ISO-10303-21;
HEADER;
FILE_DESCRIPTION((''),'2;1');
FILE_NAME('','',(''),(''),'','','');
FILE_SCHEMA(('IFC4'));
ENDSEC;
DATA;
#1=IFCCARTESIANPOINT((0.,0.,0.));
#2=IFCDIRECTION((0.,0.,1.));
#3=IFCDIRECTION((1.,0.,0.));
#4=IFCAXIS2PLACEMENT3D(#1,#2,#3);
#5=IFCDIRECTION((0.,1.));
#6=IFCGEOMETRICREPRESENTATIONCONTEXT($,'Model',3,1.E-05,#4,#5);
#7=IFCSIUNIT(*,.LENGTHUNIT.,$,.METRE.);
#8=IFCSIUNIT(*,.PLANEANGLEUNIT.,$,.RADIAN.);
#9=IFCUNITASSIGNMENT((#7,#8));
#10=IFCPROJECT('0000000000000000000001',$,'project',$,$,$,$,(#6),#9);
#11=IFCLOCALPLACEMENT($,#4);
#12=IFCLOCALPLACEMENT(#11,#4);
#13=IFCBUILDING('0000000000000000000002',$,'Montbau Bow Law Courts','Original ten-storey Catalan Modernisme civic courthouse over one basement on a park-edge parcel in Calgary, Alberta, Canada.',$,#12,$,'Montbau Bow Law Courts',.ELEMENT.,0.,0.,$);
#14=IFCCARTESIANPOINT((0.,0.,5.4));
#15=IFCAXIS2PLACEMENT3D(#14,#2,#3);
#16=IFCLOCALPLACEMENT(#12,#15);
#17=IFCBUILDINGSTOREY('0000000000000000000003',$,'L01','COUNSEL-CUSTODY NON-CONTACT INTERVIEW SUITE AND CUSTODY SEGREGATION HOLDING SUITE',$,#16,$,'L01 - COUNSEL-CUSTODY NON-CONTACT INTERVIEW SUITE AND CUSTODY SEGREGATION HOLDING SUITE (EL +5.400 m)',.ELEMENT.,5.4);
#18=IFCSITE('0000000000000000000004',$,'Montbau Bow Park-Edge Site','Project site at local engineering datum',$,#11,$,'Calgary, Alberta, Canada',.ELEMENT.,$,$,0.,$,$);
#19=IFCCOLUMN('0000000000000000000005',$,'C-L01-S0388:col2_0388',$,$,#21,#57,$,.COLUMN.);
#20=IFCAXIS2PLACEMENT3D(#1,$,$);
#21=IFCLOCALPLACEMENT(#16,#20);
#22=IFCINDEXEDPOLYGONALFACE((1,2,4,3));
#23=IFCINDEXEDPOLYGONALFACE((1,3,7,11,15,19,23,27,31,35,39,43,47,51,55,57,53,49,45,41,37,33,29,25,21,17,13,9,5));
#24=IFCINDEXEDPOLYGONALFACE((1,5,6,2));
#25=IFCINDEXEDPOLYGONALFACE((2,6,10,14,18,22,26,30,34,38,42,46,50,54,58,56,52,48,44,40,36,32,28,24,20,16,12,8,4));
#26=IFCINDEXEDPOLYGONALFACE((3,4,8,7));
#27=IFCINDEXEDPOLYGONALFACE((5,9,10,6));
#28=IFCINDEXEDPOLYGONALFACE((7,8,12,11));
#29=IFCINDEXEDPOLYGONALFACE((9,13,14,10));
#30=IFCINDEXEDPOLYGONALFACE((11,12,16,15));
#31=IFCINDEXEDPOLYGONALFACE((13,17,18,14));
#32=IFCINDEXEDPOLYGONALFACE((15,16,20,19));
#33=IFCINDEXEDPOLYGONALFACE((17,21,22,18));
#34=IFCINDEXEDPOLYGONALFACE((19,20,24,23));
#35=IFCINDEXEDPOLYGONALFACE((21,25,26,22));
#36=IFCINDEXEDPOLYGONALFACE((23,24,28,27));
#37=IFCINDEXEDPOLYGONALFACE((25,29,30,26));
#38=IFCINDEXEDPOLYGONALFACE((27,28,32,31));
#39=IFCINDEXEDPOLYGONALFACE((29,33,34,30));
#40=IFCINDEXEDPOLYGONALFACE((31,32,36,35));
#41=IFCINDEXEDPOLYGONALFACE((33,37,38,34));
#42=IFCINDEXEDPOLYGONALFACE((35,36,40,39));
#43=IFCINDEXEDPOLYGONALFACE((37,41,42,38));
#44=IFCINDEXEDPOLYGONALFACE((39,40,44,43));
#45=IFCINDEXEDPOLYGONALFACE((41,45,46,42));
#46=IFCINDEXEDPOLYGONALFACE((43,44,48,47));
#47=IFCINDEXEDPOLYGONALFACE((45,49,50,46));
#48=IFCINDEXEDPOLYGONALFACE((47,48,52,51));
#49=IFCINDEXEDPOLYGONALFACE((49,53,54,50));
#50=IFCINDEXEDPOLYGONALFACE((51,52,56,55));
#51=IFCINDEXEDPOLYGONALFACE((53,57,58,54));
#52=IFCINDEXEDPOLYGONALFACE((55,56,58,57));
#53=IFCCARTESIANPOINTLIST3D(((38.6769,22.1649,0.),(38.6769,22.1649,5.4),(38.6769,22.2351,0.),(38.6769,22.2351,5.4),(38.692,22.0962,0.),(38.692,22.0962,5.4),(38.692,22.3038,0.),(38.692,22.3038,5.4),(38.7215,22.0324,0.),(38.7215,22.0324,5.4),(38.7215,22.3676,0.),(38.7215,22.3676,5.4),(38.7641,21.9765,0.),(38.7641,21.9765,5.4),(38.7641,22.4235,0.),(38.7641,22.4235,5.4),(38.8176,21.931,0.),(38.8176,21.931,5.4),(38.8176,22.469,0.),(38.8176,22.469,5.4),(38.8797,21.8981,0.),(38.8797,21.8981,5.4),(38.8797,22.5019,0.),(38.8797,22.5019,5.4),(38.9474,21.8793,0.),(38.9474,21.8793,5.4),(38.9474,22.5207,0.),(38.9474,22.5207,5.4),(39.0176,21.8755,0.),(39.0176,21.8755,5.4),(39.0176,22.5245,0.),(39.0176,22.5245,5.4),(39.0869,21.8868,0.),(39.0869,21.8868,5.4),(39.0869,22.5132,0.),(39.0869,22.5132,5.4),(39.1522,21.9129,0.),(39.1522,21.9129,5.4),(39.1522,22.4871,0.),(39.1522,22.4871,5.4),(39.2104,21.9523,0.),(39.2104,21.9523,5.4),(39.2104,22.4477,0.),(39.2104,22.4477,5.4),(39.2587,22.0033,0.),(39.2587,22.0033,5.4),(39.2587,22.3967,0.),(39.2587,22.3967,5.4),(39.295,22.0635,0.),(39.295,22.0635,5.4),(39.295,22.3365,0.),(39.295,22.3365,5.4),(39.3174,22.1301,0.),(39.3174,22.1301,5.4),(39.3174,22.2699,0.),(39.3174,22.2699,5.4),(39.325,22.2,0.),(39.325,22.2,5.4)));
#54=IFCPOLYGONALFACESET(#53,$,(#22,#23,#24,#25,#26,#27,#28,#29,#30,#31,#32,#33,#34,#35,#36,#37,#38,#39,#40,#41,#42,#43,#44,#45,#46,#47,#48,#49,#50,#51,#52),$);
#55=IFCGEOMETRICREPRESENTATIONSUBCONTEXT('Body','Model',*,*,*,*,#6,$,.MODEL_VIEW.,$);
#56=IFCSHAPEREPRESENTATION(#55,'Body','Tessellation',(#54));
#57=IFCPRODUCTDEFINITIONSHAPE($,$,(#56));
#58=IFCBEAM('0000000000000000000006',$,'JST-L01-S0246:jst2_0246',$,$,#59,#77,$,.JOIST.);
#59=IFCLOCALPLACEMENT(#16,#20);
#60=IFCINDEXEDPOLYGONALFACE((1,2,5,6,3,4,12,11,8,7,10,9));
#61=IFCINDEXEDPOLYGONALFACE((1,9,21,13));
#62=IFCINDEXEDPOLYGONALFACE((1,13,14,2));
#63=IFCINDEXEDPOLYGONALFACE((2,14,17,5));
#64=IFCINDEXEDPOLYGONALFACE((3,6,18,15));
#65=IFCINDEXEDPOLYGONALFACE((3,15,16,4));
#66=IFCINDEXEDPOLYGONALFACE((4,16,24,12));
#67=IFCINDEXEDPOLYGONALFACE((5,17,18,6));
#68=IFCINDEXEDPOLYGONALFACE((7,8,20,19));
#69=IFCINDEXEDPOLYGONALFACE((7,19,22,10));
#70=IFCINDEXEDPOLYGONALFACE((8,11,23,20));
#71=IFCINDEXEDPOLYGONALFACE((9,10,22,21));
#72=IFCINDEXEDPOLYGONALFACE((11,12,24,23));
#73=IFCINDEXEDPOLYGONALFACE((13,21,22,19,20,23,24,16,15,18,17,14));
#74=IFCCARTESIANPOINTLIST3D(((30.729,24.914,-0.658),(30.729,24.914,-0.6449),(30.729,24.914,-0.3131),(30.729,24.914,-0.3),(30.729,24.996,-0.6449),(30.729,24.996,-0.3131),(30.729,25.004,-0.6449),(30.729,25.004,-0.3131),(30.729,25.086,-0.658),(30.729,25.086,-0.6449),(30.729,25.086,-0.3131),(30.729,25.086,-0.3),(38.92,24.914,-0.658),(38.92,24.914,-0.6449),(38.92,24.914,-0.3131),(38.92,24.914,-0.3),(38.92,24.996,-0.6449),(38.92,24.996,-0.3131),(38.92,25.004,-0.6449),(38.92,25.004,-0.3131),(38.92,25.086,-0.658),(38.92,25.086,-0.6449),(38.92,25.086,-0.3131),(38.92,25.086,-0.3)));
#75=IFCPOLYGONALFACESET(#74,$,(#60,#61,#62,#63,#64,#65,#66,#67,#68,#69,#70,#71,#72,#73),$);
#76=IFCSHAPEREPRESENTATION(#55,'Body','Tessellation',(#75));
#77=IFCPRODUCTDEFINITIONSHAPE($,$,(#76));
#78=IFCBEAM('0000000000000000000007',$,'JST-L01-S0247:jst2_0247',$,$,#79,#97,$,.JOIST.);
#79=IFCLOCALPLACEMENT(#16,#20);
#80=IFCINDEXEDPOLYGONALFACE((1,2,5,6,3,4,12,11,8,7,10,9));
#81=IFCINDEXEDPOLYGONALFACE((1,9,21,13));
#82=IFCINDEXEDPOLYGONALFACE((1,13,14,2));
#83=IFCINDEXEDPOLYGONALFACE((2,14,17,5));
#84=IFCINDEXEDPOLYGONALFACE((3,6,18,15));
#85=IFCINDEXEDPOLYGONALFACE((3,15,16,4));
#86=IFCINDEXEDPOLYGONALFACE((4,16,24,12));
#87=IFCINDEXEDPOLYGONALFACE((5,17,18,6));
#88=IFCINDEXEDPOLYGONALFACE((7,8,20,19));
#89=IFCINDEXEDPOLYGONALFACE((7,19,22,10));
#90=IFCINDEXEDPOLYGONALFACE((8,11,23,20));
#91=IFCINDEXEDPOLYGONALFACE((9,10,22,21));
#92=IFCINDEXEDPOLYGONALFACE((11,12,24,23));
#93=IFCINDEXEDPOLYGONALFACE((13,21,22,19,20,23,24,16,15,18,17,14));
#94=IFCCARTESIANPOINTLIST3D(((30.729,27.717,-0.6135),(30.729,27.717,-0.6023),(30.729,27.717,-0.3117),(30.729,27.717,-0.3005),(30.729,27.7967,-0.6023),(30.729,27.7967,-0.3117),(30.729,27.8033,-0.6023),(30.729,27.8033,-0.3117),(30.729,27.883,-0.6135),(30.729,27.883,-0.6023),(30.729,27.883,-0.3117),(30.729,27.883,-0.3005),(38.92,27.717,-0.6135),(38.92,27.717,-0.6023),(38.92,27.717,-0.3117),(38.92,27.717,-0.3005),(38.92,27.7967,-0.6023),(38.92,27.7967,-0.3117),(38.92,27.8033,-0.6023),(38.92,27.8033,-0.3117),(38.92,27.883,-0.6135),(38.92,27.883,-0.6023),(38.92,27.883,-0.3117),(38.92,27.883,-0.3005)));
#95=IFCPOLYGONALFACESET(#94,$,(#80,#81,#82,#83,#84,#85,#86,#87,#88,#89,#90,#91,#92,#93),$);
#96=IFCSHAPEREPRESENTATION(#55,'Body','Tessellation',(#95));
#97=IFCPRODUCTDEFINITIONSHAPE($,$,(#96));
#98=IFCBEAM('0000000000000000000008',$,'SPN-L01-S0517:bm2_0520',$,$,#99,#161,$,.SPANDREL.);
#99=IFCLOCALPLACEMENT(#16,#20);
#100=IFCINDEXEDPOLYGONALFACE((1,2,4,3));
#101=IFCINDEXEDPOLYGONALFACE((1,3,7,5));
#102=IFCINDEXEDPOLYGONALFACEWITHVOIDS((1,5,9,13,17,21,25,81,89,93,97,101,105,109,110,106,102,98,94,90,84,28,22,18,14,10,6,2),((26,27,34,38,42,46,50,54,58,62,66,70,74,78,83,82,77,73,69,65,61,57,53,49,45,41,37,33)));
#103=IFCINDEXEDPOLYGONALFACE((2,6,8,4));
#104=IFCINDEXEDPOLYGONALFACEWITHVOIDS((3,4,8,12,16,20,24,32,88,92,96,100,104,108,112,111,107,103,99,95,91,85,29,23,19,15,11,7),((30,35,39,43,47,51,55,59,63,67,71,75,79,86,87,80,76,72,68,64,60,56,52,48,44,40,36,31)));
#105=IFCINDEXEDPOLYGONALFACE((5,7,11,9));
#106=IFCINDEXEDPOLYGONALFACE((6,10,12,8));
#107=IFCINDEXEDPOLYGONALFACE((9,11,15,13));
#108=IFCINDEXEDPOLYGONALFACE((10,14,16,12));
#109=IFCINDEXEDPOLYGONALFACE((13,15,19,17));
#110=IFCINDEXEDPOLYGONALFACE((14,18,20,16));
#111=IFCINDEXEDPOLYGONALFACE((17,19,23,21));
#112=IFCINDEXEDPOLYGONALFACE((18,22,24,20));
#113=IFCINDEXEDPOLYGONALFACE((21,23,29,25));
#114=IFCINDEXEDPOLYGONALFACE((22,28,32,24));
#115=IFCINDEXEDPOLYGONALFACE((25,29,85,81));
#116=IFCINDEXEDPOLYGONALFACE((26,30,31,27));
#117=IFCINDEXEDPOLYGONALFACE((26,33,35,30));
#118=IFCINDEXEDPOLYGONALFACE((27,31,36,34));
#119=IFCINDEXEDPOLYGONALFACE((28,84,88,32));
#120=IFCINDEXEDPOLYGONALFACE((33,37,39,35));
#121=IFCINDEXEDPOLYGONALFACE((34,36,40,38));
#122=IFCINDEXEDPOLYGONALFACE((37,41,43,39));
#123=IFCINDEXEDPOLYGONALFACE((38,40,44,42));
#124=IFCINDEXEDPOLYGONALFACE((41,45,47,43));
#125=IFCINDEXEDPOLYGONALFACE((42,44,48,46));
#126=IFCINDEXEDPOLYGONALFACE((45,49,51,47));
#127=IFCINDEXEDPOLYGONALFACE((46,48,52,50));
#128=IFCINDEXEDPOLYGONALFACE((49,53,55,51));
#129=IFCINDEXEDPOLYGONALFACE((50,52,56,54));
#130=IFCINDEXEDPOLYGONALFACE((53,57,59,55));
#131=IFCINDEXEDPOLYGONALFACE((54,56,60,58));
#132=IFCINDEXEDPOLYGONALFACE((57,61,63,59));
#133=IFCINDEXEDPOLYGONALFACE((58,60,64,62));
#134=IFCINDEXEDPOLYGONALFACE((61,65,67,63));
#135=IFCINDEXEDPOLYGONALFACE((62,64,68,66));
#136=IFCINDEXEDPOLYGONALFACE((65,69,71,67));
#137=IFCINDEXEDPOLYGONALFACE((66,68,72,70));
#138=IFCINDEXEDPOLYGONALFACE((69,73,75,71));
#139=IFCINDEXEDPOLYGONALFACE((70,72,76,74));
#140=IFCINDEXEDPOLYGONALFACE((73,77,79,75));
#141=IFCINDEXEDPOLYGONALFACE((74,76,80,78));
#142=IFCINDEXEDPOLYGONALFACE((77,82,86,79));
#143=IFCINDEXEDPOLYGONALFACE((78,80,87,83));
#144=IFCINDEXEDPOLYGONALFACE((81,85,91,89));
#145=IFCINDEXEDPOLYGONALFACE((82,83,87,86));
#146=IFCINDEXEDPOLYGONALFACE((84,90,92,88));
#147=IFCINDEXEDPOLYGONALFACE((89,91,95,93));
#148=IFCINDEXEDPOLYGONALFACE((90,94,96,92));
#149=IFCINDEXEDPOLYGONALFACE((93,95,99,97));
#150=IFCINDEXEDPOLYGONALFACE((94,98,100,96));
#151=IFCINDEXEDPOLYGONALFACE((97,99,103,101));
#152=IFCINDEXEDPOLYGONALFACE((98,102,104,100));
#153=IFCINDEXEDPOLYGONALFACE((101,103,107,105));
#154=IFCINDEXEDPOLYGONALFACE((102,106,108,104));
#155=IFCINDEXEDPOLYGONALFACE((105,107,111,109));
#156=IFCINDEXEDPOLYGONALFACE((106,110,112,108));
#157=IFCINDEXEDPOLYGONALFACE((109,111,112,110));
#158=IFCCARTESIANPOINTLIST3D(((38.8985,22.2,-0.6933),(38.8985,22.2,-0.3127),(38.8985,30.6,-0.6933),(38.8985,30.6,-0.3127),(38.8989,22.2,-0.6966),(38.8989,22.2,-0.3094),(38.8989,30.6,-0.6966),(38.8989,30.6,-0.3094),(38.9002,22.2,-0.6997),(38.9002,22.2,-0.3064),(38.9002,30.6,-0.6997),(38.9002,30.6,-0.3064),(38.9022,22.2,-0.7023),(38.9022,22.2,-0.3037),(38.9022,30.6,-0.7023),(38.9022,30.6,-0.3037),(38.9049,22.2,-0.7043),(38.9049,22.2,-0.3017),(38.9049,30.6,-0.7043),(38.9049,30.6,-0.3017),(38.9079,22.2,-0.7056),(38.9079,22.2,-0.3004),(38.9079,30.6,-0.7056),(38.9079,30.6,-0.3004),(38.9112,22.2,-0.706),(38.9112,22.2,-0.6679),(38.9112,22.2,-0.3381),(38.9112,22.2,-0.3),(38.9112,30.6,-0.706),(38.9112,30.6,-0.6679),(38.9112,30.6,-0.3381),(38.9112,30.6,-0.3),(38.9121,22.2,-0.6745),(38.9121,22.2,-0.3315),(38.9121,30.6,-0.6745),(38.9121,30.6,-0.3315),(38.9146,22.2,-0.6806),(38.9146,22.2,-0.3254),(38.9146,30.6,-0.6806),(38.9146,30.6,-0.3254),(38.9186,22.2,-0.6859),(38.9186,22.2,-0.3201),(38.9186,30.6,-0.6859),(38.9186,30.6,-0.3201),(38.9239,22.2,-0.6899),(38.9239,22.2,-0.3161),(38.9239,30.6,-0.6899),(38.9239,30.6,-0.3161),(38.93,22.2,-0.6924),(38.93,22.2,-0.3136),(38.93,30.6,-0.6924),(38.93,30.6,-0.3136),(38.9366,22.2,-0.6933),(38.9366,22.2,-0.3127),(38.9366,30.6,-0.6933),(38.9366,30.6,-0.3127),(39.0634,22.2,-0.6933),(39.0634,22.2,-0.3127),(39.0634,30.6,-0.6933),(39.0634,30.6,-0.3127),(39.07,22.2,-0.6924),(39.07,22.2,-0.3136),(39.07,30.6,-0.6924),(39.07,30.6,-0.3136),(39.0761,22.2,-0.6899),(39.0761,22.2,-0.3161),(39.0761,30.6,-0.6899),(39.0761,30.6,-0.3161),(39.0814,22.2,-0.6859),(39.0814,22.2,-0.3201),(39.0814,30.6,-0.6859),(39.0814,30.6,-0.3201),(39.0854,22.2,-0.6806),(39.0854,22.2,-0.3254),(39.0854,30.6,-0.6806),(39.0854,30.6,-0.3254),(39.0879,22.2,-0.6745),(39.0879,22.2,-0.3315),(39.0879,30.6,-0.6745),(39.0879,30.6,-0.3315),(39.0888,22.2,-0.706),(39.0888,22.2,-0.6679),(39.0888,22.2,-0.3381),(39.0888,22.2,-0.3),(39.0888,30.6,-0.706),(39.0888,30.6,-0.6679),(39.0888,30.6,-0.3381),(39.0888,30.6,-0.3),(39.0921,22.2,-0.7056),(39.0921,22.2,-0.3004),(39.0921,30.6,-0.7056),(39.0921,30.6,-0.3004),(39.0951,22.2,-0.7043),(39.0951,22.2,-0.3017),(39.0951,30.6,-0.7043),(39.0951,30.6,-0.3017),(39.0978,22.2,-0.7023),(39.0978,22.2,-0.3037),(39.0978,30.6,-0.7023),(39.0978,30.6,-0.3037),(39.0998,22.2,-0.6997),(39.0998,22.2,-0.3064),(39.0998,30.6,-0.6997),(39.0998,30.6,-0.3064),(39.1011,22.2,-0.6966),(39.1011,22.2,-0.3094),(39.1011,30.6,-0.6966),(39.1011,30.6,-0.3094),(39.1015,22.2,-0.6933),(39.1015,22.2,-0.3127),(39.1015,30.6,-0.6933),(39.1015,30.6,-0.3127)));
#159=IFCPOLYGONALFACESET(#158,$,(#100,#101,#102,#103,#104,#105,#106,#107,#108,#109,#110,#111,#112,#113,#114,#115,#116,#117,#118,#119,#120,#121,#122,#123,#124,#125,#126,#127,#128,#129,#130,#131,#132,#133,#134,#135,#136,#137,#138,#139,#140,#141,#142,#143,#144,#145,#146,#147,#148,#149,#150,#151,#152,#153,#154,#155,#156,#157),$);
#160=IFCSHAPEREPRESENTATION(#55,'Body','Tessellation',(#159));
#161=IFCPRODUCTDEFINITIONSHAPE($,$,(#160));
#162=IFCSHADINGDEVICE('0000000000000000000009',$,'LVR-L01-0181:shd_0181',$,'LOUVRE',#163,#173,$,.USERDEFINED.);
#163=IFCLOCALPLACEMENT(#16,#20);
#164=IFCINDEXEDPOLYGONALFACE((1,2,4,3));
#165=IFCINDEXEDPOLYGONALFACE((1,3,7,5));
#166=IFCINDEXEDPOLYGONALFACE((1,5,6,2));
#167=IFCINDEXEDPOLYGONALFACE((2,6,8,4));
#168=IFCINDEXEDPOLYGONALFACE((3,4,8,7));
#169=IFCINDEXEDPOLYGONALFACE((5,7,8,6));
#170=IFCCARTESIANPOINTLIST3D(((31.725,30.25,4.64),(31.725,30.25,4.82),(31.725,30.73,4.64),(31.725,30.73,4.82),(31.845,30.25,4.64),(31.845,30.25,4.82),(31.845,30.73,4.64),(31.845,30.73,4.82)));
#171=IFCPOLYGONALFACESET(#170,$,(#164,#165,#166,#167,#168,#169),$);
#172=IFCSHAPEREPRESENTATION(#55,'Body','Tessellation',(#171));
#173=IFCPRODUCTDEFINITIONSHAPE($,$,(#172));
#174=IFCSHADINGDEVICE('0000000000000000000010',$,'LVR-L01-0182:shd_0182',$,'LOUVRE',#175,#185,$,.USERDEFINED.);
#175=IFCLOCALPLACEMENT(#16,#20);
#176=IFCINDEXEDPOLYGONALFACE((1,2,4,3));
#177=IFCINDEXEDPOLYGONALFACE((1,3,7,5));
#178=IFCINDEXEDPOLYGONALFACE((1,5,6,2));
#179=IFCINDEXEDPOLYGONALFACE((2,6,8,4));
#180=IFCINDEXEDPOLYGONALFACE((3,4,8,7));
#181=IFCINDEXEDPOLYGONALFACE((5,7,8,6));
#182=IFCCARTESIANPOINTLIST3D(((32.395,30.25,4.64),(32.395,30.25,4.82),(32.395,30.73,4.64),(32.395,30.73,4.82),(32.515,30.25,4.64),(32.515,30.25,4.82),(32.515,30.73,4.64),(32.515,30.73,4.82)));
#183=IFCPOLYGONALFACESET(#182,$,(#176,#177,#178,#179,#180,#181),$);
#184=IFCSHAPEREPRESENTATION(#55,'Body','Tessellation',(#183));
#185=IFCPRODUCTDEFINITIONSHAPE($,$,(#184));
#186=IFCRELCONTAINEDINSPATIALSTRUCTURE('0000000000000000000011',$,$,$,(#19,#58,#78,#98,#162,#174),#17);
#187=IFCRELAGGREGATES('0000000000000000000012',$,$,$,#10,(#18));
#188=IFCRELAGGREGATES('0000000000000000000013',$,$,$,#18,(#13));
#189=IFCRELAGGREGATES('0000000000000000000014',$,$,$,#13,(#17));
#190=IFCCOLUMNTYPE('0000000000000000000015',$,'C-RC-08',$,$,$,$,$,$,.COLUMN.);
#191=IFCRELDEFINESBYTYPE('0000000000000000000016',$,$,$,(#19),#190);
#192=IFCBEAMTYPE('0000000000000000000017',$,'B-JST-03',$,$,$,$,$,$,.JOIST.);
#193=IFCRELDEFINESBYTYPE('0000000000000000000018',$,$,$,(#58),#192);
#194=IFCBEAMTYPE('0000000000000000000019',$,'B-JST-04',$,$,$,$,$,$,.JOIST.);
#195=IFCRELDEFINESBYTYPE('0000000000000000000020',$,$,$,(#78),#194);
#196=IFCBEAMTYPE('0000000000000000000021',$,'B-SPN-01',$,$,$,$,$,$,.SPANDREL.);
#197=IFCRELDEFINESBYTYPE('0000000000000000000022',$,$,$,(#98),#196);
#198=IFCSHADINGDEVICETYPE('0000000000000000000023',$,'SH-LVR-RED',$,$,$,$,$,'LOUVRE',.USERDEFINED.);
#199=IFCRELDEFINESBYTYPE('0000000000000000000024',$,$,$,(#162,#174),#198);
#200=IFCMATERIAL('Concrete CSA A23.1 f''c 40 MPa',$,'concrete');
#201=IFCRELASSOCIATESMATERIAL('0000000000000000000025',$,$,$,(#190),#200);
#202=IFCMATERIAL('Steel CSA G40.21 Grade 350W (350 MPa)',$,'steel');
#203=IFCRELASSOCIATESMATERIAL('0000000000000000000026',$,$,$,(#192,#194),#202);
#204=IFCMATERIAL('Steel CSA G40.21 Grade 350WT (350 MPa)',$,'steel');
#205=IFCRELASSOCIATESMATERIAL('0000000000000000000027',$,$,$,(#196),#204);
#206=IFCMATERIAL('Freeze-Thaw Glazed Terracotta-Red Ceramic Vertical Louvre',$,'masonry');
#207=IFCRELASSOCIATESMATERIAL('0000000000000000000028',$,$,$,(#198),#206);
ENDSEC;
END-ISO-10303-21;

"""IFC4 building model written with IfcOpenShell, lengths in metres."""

from ifc_helpers import new_model, si_unit, direction, frame, origin_with_axes, origin_2d_with_axis, place, context, subcontext, project, spatial, rectangle, hollow_rectangle, circle, i_section, extrude, material, material_profile, profile_set, type_object, element, save


model = new_model("IFC4")

# Units and contexts
model_context = context("Model", 3, precision=1e-05, world=origin_with_axes(), true_north=direction((0.0, 1.0)))
body_context = subcontext(model_context, "Body", "Model", "MODEL_VIEW")
ifc_project = project(units=[si_unit("LENGTHUNIT", "METRE"), si_unit("PLANEANGLEUNIT", "RADIAN")], contexts=[model_context])

# Site, building, storey
site_placement = place(None, origin_with_axes())
site = spatial("IfcSite", under=ifc_project, at=site_placement, Name="Montbau Bow Park-Edge Site", Description="Project site at local engineering datum", LongName="Calgary, Alberta, Canada", CompositionType="ELEMENT", RefElevation=0.0)
building_placement = place(site_placement, origin_with_axes())
building = spatial("IfcBuilding", under=site, at=building_placement, Name="Montbau Bow Law Courts", Description="Original ten-storey Catalan Modernisme civic courthouse over one basement on a park-edge parcel in Calgary, Alberta, Canada.", LongName="Montbau Bow Law Courts", CompositionType="ELEMENT", ElevationOfRefHeight=0.0, ElevationOfTerrain=0.0)
storey_placement = place(building_placement, frame((0.0, 0.0, 5.4), z_axis=(0.0, 0.0, 1.0), x_axis=(1.0, 0.0, 0.0)))
storey = spatial("IfcBuildingStorey", under=building, at=storey_placement, Name="L01", Description="COUNSEL-CUSTODY NON-CONTACT INTERVIEW SUITE AND CUSTODY SEGREGATION HOLDING SUITE", LongName="L01 - COUNSEL-CUSTODY NON-CONTACT INTERVIEW SUITE AND CUSTODY SEGREGATION HOLDING SUITE (EL +5.400 m)", CompositionType="ELEMENT", Elevation=5.4)

# Column
ifc_material_1 = material(Name="Concrete CSA A23.1 f'c 40 MPa", Category="concrete")
ifc_material_profile_1 = material_profile(ifc_material_1, circle(Radius=0.325, at=origin_2d_with_axis()), Name="RC650D", Category="Main", Priority=0)
ifc_profile_set_1 = profile_set([ifc_material_profile_1], Name="Concrete CSA A23.1 f'c 40 MPa")
column_type = type_object("IfcColumnType", Name="C-RC-08", PredefinedType="COLUMN", material=ifc_profile_set_1)
column_placement = place(None, frame((39.0, 22.2, 5.4), z_axis=(0.0, 0.0, 1.0), x_axis=(1.0, 0.0, 0.0)))
element("IfcColumn", 1, at=column_placement, inside=storey, type_object=column_type, Name="C-L01-S0388:col2_0388", PredefinedType="COLUMN", context=body_context, shape_type="SweptSolid", body=[
    extrude(circle(Radius=0.325, at=origin_2d_with_axis()), origin_with_axes(), (0.0, 0.0, 1.0), 5.4),
])

# Beams
ifc_material_2 = material(Name="Steel CSA G40.21 Grade 350W (350 MPa)", Category="steel")
ifc_material_profile_2 = material_profile(ifc_material_2, i_section(OverallWidth=0.172, OverallDepth=0.358, WebThickness=0.0079, FlangeThickness=0.0131, at=origin_2d_with_axis()), Name="W360X57", Category="Main", Priority=0)
ifc_profile_set_2 = profile_set([ifc_material_profile_2], Name="Steel CSA G40.21 Grade 350W (350 MPa)")
beam_type_1 = type_object("IfcBeamType", Name="B-JST-03", PredefinedType="JOIST", material=ifc_profile_set_2)
beam_1_placement = place(None, frame((30.729, 25.0, 4.921), z_axis=(1.0, 0.0, 0.0), x_axis=(0.0, 1.0, 0.0)))
element("IfcBeam", 2, at=beam_1_placement, inside=storey, type_object=beam_type_1, Name="JST-L01-S0246:jst2_0246", PredefinedType="JOIST", context=body_context, shape_type="SweptSolid", body=[
    extrude(i_section(OverallWidth=0.172, OverallDepth=0.358, WebThickness=0.0079, FlangeThickness=0.0131, at=origin_2d_with_axis()), origin_with_axes(), (0.0, 0.0, 1.0), 8.191),
])
ifc_material_profile_3 = material_profile(ifc_material_2, i_section(OverallWidth=0.166, OverallDepth=0.313, WebThickness=0.0066, FlangeThickness=0.0112, at=origin_2d_with_axis()), Name="W310X45", Category="Main", Priority=0)
ifc_profile_set_3 = profile_set([ifc_material_profile_3], Name="Steel CSA G40.21 Grade 350W (350 MPa)")
beam_type_2 = type_object("IfcBeamType", Name="B-JST-04", PredefinedType="JOIST", material=ifc_profile_set_3)
beam_2_placement = place(None, frame((30.729, 27.8, 4.943), z_axis=(1.0, 0.0, 0.0), x_axis=(0.0, 1.0, 0.0)))
element("IfcBeam", 3, at=beam_2_placement, inside=storey, type_object=beam_type_2, Name="JST-L01-S0247:jst2_0247", PredefinedType="JOIST", context=body_context, shape_type="SweptSolid", body=[
    extrude(i_section(OverallWidth=0.166, OverallDepth=0.313, WebThickness=0.0066, FlangeThickness=0.0112, at=origin_2d_with_axis()), origin_with_axes(), (0.0, 0.0, 1.0), 8.191),
])
ifc_material_3 = material(Name="Steel CSA G40.21 Grade 350WT (350 MPa)", Category="steel")
ifc_material_profile_4 = material_profile(ifc_material_3, hollow_rectangle(XDim=0.203, YDim=0.406, WallThickness=0.0127, InnerFilletRadius=0.0254, OuterFilletRadius=0.0127, at=origin_2d_with_axis()), Name="HSS406X203X13", Category="Main", Priority=0)
ifc_profile_set_4 = profile_set([ifc_material_profile_4], Name="Steel CSA G40.21 Grade 350WT (350 MPa)")
beam_type_3 = type_object("IfcBeamType", Name="B-SPN-01", PredefinedType="SPANDREL", material=ifc_profile_set_4)
beam_3_placement = place(None, frame((39.0, 22.2, 4.897), z_axis=(0.0, 1.0, 0.0), x_axis=(-1.0, 0.0, 0.0)))
element("IfcBeam", 4, at=beam_3_placement, inside=storey, type_object=beam_type_3, Name="SPN-L01-S0517:bm2_0520", PredefinedType="SPANDREL", context=body_context, shape_type="SweptSolid", body=[
    extrude(hollow_rectangle(XDim=0.203, YDim=0.406, WallThickness=0.0127, InnerFilletRadius=0.0254, OuterFilletRadius=0.0127, at=origin_2d_with_axis()), origin_with_axes(), (0.0, 0.0, 1.0), 8.4),
])

# Shading devices
ifc_material_4 = material(Name="Freeze-Thaw Glazed Terracotta-Red Ceramic Vertical Louvre", Category="masonry")
shading_device_type = type_object("IfcShadingDeviceType", Name="SH-LVR-RED", ElementType="LOUVRE", PredefinedType="USERDEFINED", material=ifc_material_4)
for number, where, z_axis, x_axis, name in (
    (5, (31.785, 30.49, 10.04), (0.0, 0.0, 1.0), (0.0, -1.0, 0.0), "LVR-L01-0181:shd_0181"),
    (6, (32.455, 30.49, 10.04), (0.0, 0.0, 1.0), (0.0, -1.0, 0.0), "LVR-L01-0182:shd_0182"),
):
    element("IfcShadingDevice", number, at=place(None, frame(where, z_axis=z_axis, x_axis=x_axis)), inside=storey, type_object=shading_device_type, Name=name, ObjectType="LOUVRE", PredefinedType="USERDEFINED", context=body_context, shape_type="SweptSolid", body=[
        extrude(rectangle(XDim=0.48, YDim=0.12, at=origin_2d_with_axis()), origin_with_axes(), (0.0, 0.0, 1.0), 0.18),
    ])

save(model, "model.ifc")
